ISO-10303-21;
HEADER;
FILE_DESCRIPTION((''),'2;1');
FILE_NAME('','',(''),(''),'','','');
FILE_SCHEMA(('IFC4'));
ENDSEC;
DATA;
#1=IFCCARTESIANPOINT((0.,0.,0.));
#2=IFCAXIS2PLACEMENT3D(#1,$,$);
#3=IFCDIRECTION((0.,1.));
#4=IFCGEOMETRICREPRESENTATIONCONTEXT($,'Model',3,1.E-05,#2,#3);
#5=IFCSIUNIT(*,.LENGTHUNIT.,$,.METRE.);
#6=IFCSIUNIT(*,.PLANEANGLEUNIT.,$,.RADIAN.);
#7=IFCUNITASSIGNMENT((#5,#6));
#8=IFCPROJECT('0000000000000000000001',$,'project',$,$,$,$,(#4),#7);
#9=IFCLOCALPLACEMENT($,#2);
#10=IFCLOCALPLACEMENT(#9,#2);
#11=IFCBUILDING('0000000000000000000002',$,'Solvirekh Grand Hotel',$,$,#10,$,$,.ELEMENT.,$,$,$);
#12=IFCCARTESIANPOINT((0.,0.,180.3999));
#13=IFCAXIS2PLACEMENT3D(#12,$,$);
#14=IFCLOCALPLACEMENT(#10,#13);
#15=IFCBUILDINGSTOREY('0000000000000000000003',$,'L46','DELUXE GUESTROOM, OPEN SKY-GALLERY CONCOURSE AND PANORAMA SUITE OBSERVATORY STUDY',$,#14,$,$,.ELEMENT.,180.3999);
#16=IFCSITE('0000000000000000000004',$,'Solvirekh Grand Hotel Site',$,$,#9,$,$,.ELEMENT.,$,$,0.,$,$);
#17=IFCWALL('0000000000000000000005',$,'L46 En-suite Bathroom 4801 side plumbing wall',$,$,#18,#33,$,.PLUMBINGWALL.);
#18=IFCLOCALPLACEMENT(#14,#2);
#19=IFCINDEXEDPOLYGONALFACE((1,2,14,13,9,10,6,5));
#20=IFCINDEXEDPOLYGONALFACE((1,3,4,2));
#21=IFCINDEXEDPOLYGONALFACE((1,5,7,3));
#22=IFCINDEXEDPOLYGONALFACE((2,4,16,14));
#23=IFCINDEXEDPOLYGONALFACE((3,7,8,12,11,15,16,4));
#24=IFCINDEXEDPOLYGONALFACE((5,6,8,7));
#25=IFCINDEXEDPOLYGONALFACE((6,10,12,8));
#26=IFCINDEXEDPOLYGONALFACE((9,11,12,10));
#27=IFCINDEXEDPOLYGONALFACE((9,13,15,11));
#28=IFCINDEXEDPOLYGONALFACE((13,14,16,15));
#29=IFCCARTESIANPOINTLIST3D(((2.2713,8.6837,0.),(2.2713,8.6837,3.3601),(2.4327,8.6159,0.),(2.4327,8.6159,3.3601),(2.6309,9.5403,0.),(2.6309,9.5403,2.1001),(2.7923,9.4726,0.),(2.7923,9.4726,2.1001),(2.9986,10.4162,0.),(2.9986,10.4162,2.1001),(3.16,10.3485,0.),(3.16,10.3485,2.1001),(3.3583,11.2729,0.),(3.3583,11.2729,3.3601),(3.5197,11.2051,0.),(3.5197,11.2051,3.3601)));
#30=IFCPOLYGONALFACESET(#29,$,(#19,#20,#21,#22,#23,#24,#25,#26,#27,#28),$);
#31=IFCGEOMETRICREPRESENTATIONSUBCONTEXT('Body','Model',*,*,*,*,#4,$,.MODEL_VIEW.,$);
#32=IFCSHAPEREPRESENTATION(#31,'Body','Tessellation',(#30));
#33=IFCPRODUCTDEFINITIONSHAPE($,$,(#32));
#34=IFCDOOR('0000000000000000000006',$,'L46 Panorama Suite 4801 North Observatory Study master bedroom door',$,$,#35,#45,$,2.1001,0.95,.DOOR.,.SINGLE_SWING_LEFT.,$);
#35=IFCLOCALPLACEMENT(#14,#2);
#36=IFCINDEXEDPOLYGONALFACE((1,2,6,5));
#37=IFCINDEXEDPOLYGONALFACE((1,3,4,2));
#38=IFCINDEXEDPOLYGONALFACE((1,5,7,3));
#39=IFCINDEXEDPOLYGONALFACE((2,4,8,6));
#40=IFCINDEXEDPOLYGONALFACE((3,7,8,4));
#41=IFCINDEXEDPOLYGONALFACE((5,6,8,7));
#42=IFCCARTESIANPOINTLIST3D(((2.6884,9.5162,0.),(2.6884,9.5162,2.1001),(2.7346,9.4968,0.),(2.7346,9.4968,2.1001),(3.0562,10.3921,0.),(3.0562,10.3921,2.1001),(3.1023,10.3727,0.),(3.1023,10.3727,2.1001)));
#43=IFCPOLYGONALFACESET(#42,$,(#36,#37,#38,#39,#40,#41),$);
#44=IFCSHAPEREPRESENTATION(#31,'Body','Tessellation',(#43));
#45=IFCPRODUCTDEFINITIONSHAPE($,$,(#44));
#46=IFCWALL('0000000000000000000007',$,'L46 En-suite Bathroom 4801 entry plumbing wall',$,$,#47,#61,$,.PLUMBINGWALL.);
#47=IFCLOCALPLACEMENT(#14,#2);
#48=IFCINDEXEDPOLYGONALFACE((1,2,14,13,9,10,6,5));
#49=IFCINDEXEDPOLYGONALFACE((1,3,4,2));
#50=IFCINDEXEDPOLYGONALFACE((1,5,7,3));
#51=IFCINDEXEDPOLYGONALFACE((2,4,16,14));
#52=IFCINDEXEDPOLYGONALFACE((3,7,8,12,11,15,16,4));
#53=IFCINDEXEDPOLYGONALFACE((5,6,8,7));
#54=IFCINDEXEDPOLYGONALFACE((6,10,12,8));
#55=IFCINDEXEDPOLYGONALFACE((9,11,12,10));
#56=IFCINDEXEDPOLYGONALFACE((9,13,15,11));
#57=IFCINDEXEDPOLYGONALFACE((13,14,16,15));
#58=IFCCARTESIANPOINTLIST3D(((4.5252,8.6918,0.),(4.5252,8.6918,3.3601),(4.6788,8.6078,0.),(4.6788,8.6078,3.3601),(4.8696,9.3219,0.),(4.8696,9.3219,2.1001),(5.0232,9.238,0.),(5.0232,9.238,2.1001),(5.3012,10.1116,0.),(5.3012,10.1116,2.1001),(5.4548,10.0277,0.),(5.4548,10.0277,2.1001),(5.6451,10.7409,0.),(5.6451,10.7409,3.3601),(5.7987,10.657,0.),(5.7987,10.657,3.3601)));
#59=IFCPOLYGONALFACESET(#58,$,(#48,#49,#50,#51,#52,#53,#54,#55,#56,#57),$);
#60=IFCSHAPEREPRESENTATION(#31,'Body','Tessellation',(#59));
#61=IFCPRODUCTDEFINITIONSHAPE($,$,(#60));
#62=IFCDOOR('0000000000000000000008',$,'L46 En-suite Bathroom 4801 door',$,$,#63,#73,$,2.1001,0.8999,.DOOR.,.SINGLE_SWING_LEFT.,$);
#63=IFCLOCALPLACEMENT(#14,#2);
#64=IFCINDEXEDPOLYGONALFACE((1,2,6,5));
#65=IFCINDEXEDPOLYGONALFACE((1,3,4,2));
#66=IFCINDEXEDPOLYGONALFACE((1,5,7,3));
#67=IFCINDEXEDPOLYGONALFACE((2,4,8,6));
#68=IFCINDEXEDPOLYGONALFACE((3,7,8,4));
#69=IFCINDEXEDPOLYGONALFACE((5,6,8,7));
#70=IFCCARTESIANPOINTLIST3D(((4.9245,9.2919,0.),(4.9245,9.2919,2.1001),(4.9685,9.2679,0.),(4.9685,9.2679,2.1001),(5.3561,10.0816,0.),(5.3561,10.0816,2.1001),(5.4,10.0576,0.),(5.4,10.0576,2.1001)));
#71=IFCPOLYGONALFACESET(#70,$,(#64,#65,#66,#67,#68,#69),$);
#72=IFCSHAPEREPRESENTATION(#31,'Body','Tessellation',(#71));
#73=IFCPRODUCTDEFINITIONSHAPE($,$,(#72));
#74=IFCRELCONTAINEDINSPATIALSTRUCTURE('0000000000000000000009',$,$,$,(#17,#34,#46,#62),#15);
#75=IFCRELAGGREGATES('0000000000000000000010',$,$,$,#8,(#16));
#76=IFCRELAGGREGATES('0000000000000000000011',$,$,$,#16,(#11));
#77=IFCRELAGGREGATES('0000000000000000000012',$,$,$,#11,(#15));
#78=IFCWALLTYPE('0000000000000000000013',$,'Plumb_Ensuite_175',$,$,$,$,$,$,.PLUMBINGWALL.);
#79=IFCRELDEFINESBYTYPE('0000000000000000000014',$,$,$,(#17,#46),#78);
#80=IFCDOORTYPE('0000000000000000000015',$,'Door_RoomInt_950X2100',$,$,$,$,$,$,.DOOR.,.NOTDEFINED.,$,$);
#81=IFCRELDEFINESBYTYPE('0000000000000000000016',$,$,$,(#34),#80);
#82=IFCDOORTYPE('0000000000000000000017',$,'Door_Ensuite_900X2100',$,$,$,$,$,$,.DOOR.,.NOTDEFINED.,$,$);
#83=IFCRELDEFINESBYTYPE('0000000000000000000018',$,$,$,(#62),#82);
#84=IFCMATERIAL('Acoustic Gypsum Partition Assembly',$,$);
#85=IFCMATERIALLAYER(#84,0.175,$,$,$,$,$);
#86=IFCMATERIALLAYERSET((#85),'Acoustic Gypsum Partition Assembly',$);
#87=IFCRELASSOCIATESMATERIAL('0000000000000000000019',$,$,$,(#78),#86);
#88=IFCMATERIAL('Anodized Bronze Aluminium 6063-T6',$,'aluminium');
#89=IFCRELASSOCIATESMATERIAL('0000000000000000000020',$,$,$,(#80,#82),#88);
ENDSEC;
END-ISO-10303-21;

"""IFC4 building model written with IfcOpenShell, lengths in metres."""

from ifc_helpers import new_model, si_unit, direction, frame, frame_2d, origin, place, context, subcontext, project, spatial, rectangle, extrude, material, layer, layer_set, type_object, element, fill, save


model = new_model("IFC4")

# Units and contexts
model_context = context("Model", 3, precision=1e-05, world=origin(), true_north=direction((0.0, 1.0)))
body_context = subcontext(model_context, "Body", "Model", "MODEL_VIEW")
ifc_project = project(units=[si_unit("LENGTHUNIT", "METRE"), si_unit("PLANEANGLEUNIT", "RADIAN")], contexts=[model_context])

# Site, building, storey
site_placement = place(None, origin())
site = spatial("IfcSite", under=ifc_project, at=site_placement, Name="Solvirekh Grand Hotel Site", CompositionType="ELEMENT", RefElevation=0.0)
building_placement = place(site_placement, origin())
building = spatial("IfcBuilding", under=site, at=building_placement, Name="Solvirekh Grand Hotel", CompositionType="ELEMENT")
storey_placement = place(building_placement, frame((0.0, 0.0, 180.3999)))
storey = spatial("IfcBuildingStorey", under=building, at=storey_placement, Name="L46", Description="DELUXE GUESTROOM, OPEN SKY-GALLERY CONCOURSE AND PANORAMA SUITE OBSERVATORY STUDY", CompositionType="ELEMENT", Elevation=180.3999)

# Shared definitions
ifc_material_1 = material(Name="Anodized Bronze Aluminium 6063-T6", Category="aluminium")

# Shared definitions
ifc_material_2 = material(Name="Acoustic Gypsum Partition Assembly")
ifc_layer_1 = layer(ifc_material_2, 0.175)
ifc_layer_set_1 = layer_set([ifc_layer_1], Name="Acoustic Gypsum Partition Assembly")
wall_type_1 = type_object("IfcWallType", Name="Plumb_Ensuite_175", PredefinedType="PLUMBINGWALL", material=ifc_layer_set_1)

# Walls, openings, doors
wall_1_placement = place(storey_placement, frame((3.439, 11.239, 0.0), z_axis=(0.0, 0.0, 1.0), x_axis=(-0.387077, -0.922047, 0.0)))
wall_1 = element("IfcWall", 1, at=wall_1_placement, inside=storey, type_object=wall_type_1, Name="L46 En-suite Bathroom 4801 side plumbing wall", PredefinedType="PLUMBINGWALL", context=body_context, shape_type="SweptSolid", body=[
    extrude(rectangle(XDim=2.8081, YDim=0.175, at=frame_2d((1.4041, 0.0))), origin(), (0.0, 0.0, 1.0), 3.3601),
])
opening_1_placement = place(wall_1_placement, frame((0.929, 0.0, 0.0)))
opening_1 = element("IfcOpeningElement", 2, at=opening_1_placement, cuts=wall_1, PredefinedType="OPENING", context=body_context, shape_type="SweptSolid", body=[
    extrude(rectangle(XDim=0.95, YDim=2.1001, at=frame_2d((0.4751, 1.05))), frame((0.0, 0.0977, 0.0), z_axis=(0.0, -1.0, 0.0), x_axis=(1.0, 0.0, 0.0)), (0.0, 0.0, 1.0), 0.1951),
])
door_type_1 = type_object("IfcDoorType", Name="Door_RoomInt_950X2100", OperationType="NOTDEFINED", PredefinedType="DOOR", material=ifc_material_1)
door_1_placement = place(opening_1_placement, origin())
door_1 = element("IfcDoor", 3, at=door_1_placement, inside=storey, type_object=door_type_1, Name="L46 Panorama Suite 4801 North Observatory Study master bedroom door", OperationType="SINGLE_SWING_LEFT", OverallHeight=2.1001, OverallWidth=0.95, PredefinedType="DOOR", context=body_context, shape_type="SweptSolid", body=[
    extrude(rectangle(XDim=0.95, YDim=2.1001, at=frame_2d((0.4751, 1.05))), frame((0.0, 0.0249, 0.0), z_axis=(0.0, -1.0, 0.0), x_axis=(1.0, 0.0, 0.0)), (0.0, 0.0, 1.0), 0.05),
])
fill(opening_1, door_1)
wall_2_placement = place(storey_placement, frame((4.6021, 8.6499, 0.0), z_axis=(0.0, 0.0, 1.0), x_axis=(0.479577, 0.8775, 0.0)))
wall_2 = element("IfcWall", 4, at=wall_2_placement, inside=storey, type_object=wall_type_1, Name="L46 En-suite Bathroom 4801 entry plumbing wall", PredefinedType="PLUMBINGWALL", context=body_context, shape_type="SweptSolid", body=[
    extrude(rectangle(XDim=2.3352, YDim=0.175, at=frame_2d((1.1675, 0.0))), origin(), (0.0, 0.0, 1.0), 3.3601),
])
opening_2_placement = place(wall_2_placement, frame((0.718, 0.0, 0.0)))
opening_2 = element("IfcOpeningElement", 5, at=opening_2_placement, cuts=wall_2, PredefinedType="OPENING", context=body_context, shape_type="SweptSolid", body=[
    extrude(rectangle(XDim=0.8999, YDim=2.1001, at=frame_2d((0.45, 1.05))), frame((0.0, 0.0977, 0.0), z_axis=(0.0, -1.0, 0.0), x_axis=(1.0, 0.0, 0.0)), (0.0, 0.0, 1.0), 0.1951),
])
door_type_2 = type_object("IfcDoorType", Name="Door_Ensuite_900X2100", OperationType="NOTDEFINED", PredefinedType="DOOR", material=ifc_material_1)
door_2_placement = place(opening_2_placement, origin())
door_2 = element("IfcDoor", 6, at=door_2_placement, inside=storey, type_object=door_type_2, Name="L46 En-suite Bathroom 4801 door", OperationType="SINGLE_SWING_LEFT", OverallHeight=2.1001, OverallWidth=0.8999, PredefinedType="DOOR", context=body_context, shape_type="SweptSolid", body=[
    extrude(rectangle(XDim=0.8999, YDim=2.1001, at=frame_2d((0.45, 1.05))), frame((0.0, 0.0249, 0.0), z_axis=(0.0, -1.0, 0.0), x_axis=(1.0, 0.0, 0.0)), (0.0, 0.0, 1.0), 0.05),
])
fill(opening_2, door_2)

save(model, "model.ifc")
